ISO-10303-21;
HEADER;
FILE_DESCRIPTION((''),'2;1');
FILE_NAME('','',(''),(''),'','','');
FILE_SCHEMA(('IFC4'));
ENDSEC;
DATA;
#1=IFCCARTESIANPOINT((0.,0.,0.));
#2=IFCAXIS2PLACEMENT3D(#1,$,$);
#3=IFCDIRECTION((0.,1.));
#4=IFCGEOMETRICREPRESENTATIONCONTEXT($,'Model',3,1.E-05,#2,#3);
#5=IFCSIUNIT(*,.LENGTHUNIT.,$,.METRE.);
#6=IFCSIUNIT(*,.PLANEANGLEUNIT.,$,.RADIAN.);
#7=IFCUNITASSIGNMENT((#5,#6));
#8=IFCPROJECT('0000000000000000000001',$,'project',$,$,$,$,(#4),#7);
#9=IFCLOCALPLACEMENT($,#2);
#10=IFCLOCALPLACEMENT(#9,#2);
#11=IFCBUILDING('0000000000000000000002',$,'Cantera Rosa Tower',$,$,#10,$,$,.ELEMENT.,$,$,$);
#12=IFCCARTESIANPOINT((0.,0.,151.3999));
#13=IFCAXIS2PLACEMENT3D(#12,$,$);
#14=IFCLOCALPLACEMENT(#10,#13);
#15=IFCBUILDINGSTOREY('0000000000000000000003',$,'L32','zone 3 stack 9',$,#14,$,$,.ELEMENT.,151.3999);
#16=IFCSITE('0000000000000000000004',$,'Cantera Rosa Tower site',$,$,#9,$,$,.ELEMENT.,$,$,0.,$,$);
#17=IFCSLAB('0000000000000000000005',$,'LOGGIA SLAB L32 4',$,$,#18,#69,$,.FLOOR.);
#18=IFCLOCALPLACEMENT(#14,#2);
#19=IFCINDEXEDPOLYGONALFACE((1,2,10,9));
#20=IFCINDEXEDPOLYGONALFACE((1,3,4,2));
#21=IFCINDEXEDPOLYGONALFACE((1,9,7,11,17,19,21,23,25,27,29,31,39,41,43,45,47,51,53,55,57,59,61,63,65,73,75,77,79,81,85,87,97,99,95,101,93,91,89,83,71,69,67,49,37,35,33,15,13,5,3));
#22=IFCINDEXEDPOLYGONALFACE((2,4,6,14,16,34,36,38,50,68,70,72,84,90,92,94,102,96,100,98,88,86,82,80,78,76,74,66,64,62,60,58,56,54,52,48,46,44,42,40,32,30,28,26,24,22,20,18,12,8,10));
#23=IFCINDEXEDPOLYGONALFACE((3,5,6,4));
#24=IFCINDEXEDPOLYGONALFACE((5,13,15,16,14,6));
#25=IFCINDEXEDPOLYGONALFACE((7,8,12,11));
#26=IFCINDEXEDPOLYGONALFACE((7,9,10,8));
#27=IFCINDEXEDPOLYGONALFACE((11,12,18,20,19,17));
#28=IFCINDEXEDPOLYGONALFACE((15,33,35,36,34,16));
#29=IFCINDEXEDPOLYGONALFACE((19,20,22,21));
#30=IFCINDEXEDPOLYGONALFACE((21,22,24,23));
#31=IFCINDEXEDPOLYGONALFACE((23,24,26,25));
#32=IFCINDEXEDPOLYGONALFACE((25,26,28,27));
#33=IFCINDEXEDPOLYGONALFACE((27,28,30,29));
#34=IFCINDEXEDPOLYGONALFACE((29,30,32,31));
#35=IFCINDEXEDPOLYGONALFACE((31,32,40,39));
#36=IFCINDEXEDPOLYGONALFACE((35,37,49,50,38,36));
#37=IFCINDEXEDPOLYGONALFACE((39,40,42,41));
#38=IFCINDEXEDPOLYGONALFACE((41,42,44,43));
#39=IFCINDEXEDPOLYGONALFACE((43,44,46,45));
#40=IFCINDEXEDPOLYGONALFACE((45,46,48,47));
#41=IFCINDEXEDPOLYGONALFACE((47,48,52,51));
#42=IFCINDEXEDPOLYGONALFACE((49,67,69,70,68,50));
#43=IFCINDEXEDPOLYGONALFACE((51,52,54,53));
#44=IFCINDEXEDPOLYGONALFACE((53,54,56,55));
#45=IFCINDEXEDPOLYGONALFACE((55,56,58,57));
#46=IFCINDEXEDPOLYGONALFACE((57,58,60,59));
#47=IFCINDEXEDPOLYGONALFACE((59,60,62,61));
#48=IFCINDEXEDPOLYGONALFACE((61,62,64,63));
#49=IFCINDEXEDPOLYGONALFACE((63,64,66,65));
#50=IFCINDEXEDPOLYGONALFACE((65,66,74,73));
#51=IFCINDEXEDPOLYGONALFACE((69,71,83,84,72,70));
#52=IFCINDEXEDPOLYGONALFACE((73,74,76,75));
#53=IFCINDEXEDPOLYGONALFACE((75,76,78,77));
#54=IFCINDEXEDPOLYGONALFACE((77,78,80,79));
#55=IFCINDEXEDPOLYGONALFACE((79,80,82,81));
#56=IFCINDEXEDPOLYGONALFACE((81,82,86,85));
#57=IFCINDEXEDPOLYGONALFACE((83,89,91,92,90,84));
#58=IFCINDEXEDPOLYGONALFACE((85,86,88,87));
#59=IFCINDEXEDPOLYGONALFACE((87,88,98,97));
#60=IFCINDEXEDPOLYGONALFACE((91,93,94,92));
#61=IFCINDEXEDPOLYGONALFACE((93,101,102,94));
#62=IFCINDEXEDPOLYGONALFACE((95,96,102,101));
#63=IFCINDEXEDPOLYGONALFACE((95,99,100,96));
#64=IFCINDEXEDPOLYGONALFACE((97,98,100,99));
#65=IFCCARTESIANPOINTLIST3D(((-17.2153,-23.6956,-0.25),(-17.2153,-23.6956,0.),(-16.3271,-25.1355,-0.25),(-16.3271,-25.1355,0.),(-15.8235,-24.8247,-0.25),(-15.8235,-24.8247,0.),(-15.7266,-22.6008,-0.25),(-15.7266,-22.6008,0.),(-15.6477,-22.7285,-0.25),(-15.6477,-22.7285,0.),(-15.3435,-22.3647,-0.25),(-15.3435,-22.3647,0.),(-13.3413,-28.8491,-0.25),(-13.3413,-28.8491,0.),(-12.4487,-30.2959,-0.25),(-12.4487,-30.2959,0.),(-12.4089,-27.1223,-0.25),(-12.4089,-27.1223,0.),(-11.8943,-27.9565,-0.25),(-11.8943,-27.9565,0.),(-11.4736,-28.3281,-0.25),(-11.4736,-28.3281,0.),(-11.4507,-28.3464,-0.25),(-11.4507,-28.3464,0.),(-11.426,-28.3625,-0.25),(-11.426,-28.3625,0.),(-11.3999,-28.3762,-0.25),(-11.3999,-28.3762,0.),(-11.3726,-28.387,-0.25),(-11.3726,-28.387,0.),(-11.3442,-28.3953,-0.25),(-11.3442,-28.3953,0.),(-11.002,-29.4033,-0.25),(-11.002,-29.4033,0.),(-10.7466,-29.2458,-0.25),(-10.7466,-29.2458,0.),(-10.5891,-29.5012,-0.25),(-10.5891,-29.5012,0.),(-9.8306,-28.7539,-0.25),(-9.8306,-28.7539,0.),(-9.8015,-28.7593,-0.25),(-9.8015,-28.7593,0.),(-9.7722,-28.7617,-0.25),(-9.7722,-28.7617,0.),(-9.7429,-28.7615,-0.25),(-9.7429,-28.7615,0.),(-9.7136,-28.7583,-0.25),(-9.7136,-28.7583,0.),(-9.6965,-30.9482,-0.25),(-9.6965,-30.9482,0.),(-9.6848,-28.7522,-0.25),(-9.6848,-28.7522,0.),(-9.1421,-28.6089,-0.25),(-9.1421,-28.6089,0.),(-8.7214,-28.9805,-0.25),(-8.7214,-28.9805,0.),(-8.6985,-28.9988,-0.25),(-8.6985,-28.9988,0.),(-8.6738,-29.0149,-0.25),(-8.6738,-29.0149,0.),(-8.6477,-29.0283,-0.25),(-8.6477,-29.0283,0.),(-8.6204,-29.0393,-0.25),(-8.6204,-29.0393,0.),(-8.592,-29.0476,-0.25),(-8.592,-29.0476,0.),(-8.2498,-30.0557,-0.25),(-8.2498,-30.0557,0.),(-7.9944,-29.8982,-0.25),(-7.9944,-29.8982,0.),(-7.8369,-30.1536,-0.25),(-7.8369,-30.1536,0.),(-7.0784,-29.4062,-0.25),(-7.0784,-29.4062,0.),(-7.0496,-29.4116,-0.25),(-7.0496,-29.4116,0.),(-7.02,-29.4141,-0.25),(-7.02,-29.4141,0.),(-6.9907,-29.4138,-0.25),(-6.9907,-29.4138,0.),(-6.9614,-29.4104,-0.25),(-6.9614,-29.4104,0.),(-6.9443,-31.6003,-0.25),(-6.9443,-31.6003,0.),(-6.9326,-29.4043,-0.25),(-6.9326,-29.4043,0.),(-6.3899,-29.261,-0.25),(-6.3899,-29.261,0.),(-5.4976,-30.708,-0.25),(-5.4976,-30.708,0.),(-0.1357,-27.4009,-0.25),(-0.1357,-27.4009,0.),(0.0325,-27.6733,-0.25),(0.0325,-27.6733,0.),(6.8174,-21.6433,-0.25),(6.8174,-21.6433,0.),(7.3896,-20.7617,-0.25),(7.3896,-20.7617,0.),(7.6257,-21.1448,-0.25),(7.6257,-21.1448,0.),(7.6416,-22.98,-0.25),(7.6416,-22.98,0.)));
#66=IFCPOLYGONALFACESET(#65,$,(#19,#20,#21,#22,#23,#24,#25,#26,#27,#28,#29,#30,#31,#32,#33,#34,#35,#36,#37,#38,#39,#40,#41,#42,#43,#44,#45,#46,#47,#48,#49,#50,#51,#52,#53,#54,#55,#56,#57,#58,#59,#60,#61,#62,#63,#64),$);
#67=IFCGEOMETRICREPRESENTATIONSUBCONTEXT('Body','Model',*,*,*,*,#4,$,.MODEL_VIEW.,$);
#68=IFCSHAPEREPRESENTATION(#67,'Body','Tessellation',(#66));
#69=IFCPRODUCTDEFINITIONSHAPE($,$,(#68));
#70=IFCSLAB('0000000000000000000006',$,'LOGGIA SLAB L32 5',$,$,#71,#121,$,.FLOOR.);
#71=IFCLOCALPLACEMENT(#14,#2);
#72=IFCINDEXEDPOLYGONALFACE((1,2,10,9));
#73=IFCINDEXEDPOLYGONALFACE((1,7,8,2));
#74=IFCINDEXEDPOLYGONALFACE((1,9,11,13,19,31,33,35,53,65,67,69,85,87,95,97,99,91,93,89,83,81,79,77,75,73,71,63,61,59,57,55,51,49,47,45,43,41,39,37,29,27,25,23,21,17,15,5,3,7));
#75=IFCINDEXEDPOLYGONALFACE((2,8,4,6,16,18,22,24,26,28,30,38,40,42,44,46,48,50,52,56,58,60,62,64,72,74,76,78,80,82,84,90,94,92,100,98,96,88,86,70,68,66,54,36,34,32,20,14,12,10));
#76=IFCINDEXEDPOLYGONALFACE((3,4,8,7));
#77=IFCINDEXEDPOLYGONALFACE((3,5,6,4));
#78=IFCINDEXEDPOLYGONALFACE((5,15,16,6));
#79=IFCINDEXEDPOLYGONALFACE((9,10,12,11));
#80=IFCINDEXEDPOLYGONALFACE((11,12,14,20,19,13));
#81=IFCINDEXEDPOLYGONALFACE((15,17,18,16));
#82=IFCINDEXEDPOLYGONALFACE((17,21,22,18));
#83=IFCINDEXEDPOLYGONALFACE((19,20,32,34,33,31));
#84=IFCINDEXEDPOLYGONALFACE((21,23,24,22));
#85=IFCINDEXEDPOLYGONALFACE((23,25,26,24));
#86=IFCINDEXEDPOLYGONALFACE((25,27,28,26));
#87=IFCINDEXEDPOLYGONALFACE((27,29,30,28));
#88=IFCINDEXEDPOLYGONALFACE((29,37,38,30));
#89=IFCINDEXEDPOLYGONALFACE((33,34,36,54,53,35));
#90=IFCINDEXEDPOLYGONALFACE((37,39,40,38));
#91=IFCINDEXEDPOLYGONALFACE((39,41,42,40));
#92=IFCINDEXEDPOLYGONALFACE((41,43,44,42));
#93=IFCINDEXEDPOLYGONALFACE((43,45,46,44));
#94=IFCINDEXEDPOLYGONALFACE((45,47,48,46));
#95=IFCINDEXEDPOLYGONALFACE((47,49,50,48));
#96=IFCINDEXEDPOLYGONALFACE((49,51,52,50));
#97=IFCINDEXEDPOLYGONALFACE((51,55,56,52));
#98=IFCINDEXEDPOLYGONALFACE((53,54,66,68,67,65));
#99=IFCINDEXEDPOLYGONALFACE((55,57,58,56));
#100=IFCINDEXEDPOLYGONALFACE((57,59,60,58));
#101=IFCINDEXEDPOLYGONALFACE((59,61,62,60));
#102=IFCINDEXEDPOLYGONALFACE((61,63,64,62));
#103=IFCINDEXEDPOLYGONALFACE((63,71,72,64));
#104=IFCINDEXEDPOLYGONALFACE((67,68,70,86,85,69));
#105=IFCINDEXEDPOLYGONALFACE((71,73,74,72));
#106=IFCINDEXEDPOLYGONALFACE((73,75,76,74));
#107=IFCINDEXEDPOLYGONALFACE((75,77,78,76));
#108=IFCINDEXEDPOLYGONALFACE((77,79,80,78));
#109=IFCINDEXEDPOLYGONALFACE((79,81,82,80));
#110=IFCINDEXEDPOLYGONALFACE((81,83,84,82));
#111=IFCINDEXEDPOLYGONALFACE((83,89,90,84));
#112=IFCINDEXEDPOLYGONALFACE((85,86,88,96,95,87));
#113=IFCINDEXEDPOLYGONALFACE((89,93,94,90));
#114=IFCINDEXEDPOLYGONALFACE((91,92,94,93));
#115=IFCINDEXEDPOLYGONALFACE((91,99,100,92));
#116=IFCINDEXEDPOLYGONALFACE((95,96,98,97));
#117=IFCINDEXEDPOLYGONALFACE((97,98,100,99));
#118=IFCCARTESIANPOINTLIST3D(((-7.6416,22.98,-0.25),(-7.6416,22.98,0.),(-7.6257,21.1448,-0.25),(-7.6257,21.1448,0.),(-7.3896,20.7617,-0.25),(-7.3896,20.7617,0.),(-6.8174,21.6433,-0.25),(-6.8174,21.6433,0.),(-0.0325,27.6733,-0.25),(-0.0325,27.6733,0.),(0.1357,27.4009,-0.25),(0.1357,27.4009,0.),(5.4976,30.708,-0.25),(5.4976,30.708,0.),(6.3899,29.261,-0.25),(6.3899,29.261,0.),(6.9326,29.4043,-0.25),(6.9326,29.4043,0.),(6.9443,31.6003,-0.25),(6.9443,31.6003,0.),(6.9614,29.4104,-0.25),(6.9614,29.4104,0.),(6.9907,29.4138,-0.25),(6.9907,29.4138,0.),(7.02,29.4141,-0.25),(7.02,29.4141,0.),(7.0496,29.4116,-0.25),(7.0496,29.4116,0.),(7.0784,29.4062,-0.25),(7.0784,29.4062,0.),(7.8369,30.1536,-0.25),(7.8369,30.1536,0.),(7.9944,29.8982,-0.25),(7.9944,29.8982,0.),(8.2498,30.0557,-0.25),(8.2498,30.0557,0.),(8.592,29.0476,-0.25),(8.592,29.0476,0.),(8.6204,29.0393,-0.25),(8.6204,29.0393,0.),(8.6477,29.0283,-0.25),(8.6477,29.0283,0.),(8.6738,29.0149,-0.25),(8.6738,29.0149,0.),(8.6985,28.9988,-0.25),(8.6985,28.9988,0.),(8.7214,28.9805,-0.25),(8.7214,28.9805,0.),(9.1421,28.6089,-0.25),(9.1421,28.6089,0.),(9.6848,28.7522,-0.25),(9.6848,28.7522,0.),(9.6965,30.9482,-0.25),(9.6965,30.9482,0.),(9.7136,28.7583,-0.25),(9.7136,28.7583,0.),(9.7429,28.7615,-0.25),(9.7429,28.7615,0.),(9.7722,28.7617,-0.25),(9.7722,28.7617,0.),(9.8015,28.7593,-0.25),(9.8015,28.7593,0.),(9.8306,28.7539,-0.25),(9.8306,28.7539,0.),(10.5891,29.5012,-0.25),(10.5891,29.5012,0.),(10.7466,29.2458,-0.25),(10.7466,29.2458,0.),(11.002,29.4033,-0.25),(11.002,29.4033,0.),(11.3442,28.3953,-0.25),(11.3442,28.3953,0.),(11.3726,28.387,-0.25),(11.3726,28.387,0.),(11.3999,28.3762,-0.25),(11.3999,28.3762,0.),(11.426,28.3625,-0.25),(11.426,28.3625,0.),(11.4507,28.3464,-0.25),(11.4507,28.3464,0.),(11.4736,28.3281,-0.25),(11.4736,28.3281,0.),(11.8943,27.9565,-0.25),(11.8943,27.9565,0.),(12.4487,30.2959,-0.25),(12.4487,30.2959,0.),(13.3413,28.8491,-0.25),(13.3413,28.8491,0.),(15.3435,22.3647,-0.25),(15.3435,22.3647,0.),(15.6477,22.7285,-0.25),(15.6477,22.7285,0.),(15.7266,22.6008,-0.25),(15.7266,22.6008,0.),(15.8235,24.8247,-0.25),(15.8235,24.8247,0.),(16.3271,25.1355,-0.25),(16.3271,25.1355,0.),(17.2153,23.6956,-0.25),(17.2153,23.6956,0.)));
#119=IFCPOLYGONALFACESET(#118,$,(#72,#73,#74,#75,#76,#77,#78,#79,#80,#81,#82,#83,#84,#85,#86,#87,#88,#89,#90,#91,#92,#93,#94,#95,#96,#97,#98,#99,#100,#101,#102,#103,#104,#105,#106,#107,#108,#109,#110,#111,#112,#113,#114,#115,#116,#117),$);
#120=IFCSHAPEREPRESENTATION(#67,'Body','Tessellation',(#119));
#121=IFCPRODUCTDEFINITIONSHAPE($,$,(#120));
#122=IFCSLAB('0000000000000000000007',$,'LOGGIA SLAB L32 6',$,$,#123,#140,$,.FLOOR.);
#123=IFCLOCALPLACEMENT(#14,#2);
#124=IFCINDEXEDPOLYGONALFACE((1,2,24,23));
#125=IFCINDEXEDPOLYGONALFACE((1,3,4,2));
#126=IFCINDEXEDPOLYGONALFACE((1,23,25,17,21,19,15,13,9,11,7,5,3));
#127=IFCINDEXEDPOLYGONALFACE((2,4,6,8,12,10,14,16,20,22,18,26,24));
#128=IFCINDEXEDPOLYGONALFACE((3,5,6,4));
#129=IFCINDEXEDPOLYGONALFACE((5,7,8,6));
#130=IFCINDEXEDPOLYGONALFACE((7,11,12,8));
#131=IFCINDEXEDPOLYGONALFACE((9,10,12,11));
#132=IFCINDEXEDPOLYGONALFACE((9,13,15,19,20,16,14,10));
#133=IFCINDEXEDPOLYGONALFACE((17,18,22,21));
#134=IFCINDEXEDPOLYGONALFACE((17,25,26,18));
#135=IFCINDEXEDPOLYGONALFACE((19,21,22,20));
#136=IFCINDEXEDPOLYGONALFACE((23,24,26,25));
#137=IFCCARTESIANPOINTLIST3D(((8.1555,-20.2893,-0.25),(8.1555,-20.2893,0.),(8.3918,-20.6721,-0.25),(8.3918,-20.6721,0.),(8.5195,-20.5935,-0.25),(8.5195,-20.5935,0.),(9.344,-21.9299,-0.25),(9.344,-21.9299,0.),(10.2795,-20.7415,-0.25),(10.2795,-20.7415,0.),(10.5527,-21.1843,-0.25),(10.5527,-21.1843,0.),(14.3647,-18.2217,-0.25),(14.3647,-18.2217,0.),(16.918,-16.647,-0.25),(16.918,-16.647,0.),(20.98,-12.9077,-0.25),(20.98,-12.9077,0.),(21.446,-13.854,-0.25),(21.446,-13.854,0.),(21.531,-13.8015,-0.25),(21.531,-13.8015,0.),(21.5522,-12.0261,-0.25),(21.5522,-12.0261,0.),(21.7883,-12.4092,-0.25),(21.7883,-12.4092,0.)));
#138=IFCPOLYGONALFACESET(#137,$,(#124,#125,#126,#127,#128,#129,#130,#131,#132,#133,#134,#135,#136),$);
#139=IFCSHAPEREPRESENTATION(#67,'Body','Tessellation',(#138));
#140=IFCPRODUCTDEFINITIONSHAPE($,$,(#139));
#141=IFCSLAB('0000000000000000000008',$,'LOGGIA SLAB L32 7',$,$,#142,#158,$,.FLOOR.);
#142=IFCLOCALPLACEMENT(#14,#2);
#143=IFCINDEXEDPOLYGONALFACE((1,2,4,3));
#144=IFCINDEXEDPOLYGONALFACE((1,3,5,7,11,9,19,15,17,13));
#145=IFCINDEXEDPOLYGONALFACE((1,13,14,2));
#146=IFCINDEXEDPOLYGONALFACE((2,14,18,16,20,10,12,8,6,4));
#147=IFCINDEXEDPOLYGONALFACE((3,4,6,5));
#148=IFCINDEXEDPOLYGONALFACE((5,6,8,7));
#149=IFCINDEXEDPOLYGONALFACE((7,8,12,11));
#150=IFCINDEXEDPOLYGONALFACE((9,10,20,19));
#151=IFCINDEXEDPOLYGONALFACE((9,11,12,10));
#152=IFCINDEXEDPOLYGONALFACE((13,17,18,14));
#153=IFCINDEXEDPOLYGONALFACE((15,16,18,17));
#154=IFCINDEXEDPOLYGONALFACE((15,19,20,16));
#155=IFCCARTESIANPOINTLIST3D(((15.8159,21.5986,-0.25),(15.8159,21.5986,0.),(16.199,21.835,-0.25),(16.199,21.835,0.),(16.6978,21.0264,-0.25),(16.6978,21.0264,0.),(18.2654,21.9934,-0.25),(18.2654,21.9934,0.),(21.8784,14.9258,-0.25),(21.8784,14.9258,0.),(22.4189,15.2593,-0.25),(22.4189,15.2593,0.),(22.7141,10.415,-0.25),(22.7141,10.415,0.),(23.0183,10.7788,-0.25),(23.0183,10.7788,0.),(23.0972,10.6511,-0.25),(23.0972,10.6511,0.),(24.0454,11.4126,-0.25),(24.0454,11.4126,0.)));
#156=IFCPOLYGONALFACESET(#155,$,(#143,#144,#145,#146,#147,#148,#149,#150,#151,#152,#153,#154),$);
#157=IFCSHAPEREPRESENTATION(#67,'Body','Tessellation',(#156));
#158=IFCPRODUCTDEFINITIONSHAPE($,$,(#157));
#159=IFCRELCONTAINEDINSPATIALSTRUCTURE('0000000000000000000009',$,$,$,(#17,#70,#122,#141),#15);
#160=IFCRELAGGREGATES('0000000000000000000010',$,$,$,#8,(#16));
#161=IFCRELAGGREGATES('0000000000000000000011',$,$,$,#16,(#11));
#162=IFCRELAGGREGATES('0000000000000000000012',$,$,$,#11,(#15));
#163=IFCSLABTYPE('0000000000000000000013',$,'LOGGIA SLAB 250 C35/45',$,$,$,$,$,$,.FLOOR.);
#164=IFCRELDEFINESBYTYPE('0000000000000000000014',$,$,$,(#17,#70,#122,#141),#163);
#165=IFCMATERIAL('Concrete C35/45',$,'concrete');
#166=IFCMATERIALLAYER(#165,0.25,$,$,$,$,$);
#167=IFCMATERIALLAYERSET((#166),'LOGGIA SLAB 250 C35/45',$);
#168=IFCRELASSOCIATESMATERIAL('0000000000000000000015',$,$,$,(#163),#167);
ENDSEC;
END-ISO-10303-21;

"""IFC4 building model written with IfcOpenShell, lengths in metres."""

from ifc_helpers import new_model, si_unit, direction, frame, origin, place, context, subcontext, project, spatial, polyline, outline, extrude, material, layer, layer_set, type_object, element, save


model = new_model("IFC4")

# Units and contexts
model_context = context("Model", 3, precision=1e-05, world=origin(), true_north=direction((0.0, 1.0)))
body_context = subcontext(model_context, "Body", "Model", "MODEL_VIEW")
ifc_project = project(units=[si_unit("LENGTHUNIT", "METRE"), si_unit("PLANEANGLEUNIT", "RADIAN")], contexts=[model_context])

# Site, building, storey
site_placement = place(None, origin())
site = spatial("IfcSite", under=ifc_project, at=site_placement, Name="Cantera Rosa Tower site", CompositionType="ELEMENT", RefElevation=0.0)
building_placement = place(site_placement, origin())
building = spatial("IfcBuilding", under=site, at=building_placement, Name="Cantera Rosa Tower", CompositionType="ELEMENT")
storey_placement = place(building_placement, frame((0.0, 0.0, 151.3999)))
storey = spatial("IfcBuildingStorey", under=building, at=storey_placement, Name="L32", Description="zone 3 stack 9", CompositionType="ELEMENT", Elevation=151.3999)

# Slabs
ifc_material_1 = material(Name="Concrete C35/45", Category="concrete")
ifc_layer_1 = layer(ifc_material_1, 0.25)
ifc_layer_set_1 = layer_set([ifc_layer_1], Name="LOGGIA SLAB 250 C35/45")
slab_type_1 = type_object("IfcSlabType", Name="LOGGIA SLAB 250 C35/45", PredefinedType="FLOOR", material=ifc_layer_set_1)
slab_1_placement = place(storey_placement, frame((0.0, 0.0, -0.25)))
element("IfcSlab", 1, at=slab_1_placement, inside=storey, type_object=slab_type_1, Name="LOGGIA SLAB L32 4", PredefinedType="FLOOR", context=body_context, shape_type="SweptSolid", body=[
    extrude(outline(polyline([(-5.4976, -30.708), (-6.9443, -31.6003), (-7.8369, -30.1536), (-7.9944, -29.8982), (-8.2498, -30.0557), (-9.6965, -30.9482), (-10.5891, -29.5012), (-10.7466, -29.2458), (-11.002, -29.4033), (-12.4487, -30.2959), (-13.3413, -28.8491), (-15.8235, -24.8247), (-16.3271, -25.1355), (-17.2153, -23.6956), (-15.6477, -22.7285), (-15.7266, -22.6008), (-15.3435, -22.3647), (-12.4089, -27.1223), (-11.8943, -27.9565), (-11.4736, -28.3281), (-11.4507, -28.3464), (-11.426, -28.3625), (-11.3999, -28.3762), (-11.3726, -28.387), (-11.3442, -28.3953), (-9.8306, -28.7539), (-9.8015, -28.7593), (-9.7722, -28.7617), (-9.7429, -28.7615), (-9.7136, -28.7583), (-9.6848, -28.7522), (-9.1421, -28.6089), (-8.7214, -28.9805), (-8.6985, -28.9988), (-8.6738, -29.0149), (-8.6477, -29.0283), (-8.6204, -29.0393), (-8.592, -29.0476), (-7.0784, -29.4062), (-7.0496, -29.4116), (-7.02, -29.4141), (-6.9907, -29.4138), (-6.9614, -29.4104), (-6.9326, -29.4043), (-6.3899, -29.261), (7.3896, -20.7617), (7.6257, -21.1448), (6.8174, -21.6433), (7.6416, -22.98), (0.0325, -27.6733), (-0.1357, -27.4009), (-5.4976, -30.708)])), origin(), (0.0, 0.0, 1.0), 0.25),
])
slab_2_placement = place(storey_placement, frame((0.0, 0.0, -0.25)))
element("IfcSlab", 2, at=slab_2_placement, inside=storey, type_object=slab_type_1, Name="LOGGIA SLAB L32 5", PredefinedType="FLOOR", context=body_context, shape_type="SweptSolid", body=[
    extrude(outline(polyline([(5.4976, 30.708), (6.9443, 31.6003), (7.8369, 30.1536), (7.9944, 29.8982), (8.2498, 30.0557), (9.6965, 30.9482), (10.5891, 29.5012), (10.7466, 29.2458), (11.002, 29.4033), (12.4487, 30.2959), (13.3413, 28.8491), (15.8235, 24.8247), (16.3271, 25.1355), (17.2153, 23.6956), (15.6477, 22.7285), (15.7266, 22.6008), (15.3435, 22.3647), (11.8943, 27.9565), (11.4736, 28.3281), (11.4507, 28.3464), (11.426, 28.3625), (11.3999, 28.3762), (11.3726, 28.387), (11.3442, 28.3953), (9.8306, 28.7539), (9.8015, 28.7593), (9.7722, 28.7617), (9.7429, 28.7615), (9.7136, 28.7583), (9.6848, 28.7522), (9.1421, 28.6089), (8.7214, 28.9805), (8.6985, 28.9988), (8.6738, 29.0149), (8.6477, 29.0283), (8.6204, 29.0393), (8.592, 29.0476), (7.0784, 29.4062), (7.0496, 29.4116), (7.02, 29.4141), (6.9907, 29.4138), (6.9614, 29.4104), (6.9326, 29.4043), (6.3899, 29.261), (-7.3896, 20.7617), (-7.6257, 21.1448), (-6.8174, 21.6433), (-7.6416, 22.98), (-0.0325, 27.6733), (0.1357, 27.4009), (5.4976, 30.708)])), origin(), (0.0, 0.0, 1.0), 0.25),
])
slab_3_placement = place(storey_placement, frame((0.0, 0.0, -0.25)))
element("IfcSlab", 3, at=slab_3_placement, inside=storey, type_object=slab_type_1, Name="LOGGIA SLAB L32 6", PredefinedType="FLOOR", context=body_context, shape_type="SweptSolid", body=[
    extrude(outline(polyline([(8.5195, -20.5935), (8.3918, -20.6721), (8.1555, -20.2893), (21.5522, -12.0261), (21.7883, -12.4092), (20.98, -12.9077), (21.531, -13.8015), (21.446, -13.854), (16.918, -16.647), (14.3647, -18.2217), (10.2795, -20.7415), (10.5527, -21.1843), (9.344, -21.9299), (8.5195, -20.5935)])), origin(), (0.0, 0.0, 1.0), 0.25),
])
slab_4_placement = place(storey_placement, frame((0.0, 0.0, -0.25)))
element("IfcSlab", 4, at=slab_4_placement, inside=storey, type_object=slab_type_1, Name="LOGGIA SLAB L32 7", PredefinedType="FLOOR", context=body_context, shape_type="SweptSolid", body=[
    extrude(outline(polyline([(24.0454, 11.4126), (23.0183, 10.7788), (23.0972, 10.6511), (22.7141, 10.415), (15.8159, 21.5986), (16.199, 21.835), (16.6978, 21.0264), (18.2654, 21.9934), (22.4189, 15.2593), (21.8784, 14.9258), (24.0454, 11.4126)])), origin(), (0.0, 0.0, 1.0), 0.25),
])

save(model, "model.ifc")
